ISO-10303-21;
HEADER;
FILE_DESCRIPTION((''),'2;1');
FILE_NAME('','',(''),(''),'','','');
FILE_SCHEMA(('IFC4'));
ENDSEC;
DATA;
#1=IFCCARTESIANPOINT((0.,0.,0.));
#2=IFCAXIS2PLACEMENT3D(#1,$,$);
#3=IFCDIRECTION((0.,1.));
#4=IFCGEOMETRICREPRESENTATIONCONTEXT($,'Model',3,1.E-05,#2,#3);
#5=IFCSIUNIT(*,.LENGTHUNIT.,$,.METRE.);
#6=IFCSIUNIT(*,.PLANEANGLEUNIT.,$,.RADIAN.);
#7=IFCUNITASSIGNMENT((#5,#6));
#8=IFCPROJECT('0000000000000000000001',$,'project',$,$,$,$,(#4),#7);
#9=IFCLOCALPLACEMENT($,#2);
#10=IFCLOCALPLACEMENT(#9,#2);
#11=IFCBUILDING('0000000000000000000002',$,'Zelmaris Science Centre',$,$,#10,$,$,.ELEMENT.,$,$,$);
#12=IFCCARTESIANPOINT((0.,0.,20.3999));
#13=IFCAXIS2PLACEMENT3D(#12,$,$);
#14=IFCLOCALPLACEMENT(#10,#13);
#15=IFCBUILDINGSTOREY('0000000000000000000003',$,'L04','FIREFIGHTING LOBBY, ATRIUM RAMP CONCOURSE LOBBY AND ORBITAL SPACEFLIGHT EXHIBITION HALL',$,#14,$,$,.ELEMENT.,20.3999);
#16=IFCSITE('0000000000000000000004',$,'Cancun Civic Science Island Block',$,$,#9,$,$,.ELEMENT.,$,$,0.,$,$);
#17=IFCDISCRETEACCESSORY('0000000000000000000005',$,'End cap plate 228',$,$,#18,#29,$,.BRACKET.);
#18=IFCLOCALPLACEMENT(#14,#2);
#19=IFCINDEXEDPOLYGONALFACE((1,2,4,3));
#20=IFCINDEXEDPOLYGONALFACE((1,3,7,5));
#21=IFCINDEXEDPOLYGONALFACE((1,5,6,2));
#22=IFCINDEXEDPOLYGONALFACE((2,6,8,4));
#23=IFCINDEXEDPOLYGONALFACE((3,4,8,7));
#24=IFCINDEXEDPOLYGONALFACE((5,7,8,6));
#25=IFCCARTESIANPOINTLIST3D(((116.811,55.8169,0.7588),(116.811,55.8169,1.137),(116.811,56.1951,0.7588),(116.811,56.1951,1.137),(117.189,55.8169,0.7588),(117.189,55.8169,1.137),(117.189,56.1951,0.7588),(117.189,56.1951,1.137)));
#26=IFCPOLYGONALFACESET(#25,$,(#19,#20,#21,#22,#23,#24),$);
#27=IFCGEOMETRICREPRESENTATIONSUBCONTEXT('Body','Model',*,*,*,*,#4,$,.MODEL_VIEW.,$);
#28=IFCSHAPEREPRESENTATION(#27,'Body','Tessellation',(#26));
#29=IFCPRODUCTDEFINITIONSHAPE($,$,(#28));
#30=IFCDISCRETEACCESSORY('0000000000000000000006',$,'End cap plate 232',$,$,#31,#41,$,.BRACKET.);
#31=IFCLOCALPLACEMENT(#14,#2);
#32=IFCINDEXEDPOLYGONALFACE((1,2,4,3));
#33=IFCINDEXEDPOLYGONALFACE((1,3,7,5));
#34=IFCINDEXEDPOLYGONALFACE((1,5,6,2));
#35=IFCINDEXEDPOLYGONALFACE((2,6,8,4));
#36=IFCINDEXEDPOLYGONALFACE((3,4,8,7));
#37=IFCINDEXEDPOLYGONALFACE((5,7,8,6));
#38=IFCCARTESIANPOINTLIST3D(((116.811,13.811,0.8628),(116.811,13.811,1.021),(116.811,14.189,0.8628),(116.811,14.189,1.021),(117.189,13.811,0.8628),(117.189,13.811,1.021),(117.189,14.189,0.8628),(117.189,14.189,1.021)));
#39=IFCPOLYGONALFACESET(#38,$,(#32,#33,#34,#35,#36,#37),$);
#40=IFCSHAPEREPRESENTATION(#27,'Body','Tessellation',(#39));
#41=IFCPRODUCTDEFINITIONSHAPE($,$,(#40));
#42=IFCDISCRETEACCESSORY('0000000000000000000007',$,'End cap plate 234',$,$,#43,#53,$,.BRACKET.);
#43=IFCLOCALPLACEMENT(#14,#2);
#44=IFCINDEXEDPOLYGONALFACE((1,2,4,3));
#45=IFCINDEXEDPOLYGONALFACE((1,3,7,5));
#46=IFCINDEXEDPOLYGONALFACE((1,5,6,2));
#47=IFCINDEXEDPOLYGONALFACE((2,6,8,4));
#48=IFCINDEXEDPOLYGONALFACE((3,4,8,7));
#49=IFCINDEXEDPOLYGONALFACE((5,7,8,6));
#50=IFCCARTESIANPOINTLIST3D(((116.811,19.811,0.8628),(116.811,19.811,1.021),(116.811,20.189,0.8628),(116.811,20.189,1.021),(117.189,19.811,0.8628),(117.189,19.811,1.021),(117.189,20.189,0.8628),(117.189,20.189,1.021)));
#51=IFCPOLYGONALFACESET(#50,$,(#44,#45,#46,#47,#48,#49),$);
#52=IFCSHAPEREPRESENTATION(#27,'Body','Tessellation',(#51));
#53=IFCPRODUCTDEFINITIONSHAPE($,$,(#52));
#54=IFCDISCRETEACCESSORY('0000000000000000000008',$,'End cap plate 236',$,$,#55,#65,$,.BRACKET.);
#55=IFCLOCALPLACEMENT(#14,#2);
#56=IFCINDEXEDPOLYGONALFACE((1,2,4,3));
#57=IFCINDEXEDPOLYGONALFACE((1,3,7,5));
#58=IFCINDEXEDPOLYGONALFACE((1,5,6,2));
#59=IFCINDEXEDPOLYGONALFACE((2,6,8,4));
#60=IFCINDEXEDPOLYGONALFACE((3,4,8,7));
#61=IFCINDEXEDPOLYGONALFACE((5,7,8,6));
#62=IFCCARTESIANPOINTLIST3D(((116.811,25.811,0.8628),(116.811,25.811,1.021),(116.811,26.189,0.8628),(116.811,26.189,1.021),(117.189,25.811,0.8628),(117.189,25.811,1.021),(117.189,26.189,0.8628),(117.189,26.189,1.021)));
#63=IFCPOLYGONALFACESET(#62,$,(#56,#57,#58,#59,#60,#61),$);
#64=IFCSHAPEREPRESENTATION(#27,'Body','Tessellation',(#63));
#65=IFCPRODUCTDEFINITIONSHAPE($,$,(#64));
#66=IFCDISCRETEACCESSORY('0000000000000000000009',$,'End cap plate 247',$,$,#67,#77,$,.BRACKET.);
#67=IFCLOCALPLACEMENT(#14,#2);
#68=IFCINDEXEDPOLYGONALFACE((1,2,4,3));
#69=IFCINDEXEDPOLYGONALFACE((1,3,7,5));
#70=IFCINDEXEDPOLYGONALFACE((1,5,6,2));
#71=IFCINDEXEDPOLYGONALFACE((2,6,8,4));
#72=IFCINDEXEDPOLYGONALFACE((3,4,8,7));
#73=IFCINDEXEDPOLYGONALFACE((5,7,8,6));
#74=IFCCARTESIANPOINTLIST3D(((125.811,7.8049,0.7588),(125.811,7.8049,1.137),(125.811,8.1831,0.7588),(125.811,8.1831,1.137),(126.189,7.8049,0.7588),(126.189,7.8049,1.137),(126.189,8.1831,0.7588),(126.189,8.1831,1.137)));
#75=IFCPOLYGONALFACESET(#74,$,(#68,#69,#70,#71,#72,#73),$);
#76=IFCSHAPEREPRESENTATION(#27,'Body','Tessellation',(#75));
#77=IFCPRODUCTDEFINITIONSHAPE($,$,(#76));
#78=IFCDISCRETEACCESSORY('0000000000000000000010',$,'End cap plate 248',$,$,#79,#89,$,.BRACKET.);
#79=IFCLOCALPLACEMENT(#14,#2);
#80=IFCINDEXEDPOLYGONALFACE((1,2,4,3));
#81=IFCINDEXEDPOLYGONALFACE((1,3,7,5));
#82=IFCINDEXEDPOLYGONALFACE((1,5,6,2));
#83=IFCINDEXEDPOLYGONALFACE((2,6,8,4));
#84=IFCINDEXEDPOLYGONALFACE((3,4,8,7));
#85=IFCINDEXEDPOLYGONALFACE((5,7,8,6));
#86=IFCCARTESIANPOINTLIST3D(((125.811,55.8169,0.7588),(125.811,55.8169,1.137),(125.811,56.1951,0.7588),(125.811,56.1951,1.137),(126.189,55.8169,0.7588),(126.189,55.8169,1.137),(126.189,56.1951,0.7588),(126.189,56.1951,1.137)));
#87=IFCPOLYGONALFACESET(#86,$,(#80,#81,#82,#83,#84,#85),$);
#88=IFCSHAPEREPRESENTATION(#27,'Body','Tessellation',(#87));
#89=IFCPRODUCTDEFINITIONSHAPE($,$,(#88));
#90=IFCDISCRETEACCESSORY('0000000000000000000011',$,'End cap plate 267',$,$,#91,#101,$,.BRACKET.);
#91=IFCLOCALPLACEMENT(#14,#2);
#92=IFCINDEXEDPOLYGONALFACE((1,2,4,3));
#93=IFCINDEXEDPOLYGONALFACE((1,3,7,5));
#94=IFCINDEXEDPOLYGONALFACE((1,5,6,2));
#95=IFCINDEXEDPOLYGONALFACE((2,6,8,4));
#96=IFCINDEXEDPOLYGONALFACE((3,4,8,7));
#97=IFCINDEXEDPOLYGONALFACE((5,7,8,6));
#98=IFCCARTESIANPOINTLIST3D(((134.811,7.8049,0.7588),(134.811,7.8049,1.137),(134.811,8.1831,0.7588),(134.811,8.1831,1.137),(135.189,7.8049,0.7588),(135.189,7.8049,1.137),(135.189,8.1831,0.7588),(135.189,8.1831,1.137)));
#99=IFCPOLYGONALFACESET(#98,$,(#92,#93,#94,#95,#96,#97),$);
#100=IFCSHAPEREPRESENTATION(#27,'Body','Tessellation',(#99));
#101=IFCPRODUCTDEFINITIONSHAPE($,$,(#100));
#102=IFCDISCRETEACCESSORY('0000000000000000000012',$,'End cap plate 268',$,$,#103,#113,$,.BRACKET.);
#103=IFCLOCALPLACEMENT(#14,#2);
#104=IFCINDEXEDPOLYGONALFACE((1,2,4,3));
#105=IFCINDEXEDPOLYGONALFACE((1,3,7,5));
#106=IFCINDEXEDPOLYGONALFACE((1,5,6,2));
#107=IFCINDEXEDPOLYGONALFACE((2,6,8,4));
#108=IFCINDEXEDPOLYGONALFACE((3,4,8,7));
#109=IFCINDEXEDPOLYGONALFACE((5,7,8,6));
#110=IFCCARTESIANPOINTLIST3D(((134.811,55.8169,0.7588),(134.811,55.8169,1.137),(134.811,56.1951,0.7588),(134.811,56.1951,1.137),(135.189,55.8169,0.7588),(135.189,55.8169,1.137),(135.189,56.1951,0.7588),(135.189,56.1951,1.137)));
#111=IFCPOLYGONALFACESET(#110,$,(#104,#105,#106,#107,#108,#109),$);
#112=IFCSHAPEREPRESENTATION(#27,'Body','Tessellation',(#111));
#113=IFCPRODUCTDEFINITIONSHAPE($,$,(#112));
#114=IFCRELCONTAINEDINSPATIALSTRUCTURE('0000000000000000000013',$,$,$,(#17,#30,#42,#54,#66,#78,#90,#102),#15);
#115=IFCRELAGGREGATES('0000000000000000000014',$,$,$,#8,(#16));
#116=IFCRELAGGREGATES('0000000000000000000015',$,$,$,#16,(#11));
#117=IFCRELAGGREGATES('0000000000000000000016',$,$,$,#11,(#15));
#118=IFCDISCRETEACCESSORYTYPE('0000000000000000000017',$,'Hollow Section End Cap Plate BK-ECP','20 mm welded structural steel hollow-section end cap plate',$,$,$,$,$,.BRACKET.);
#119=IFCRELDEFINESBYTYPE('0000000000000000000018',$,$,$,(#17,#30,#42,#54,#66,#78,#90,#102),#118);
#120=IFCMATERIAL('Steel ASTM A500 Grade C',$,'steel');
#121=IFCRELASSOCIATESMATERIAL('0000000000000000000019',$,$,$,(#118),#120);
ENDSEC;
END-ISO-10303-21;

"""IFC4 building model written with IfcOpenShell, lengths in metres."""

from ifc_helpers import new_model, si_unit, direction, frame, origin, place, context, subcontext, project, spatial, polyline, outline, extrude, material, type_object, element, save


model = new_model("IFC4")

# Units and contexts
model_context = context("Model", 3, precision=1e-05, world=origin(), true_north=direction((0.0, 1.0)))
body_context = subcontext(model_context, "Body", "Model", "MODEL_VIEW")
ifc_project = project(units=[si_unit("LENGTHUNIT", "METRE"), si_unit("PLANEANGLEUNIT", "RADIAN")], contexts=[model_context])

# Site, building, storey
site_placement = place(None, origin())
site = spatial("IfcSite", under=ifc_project, at=site_placement, Name="Cancun Civic Science Island Block", CompositionType="ELEMENT", RefElevation=0.0)
building_placement = place(site_placement, origin())
building = spatial("IfcBuilding", under=site, at=building_placement, Name="Zelmaris Science Centre", CompositionType="ELEMENT")
storey_placement = place(building_placement, frame((0.0, 0.0, 20.3999)))
storey = spatial("IfcBuildingStorey", under=building, at=storey_placement, Name="L04", Description="FIREFIGHTING LOBBY, ATRIUM RAMP CONCOURSE LOBBY AND ORBITAL SPACEFLIGHT EXHIBITION HALL", CompositionType="ELEMENT", Elevation=20.3999)

# Discrete accessories
ifc_material_1 = material(Name="Steel ASTM A500 Grade C", Category="steel")
discrete_accessory_type_1 = type_object("IfcDiscreteAccessoryType", Name="Hollow Section End Cap Plate BK-ECP", Description="20 mm welded structural steel hollow-section end cap plate", PredefinedType="BRACKET", material=ifc_material_1)
discrete_accessory_1_placement = place(storey_placement, frame((0.0, 0.0, 0.7588)))
element("IfcDiscreteAccessory", 1, at=discrete_accessory_1_placement, inside=storey, type_object=discrete_accessory_type_1, Name="End cap plate 228", PredefinedType="BRACKET", context=body_context, shape_type="SweptSolid", body=[
    extrude(outline(polyline([(116.811, 55.8169), (117.189, 55.8169), (117.189, 56.1951), (116.811, 56.1951), (116.811, 55.8169)])), origin(), (0.0, 0.0, 1.0), 0.3782),
])
discrete_accessory_2_placement = place(storey_placement, frame((0.0, 0.0, 0.8628)))
element("IfcDiscreteAccessory", 2, at=discrete_accessory_2_placement, inside=storey, type_object=discrete_accessory_type_1, Name="End cap plate 232", PredefinedType="BRACKET", context=body_context, shape_type="SweptSolid", body=[
    extrude(outline(polyline([(116.811, 13.811), (117.189, 13.811), (117.189, 14.189), (116.811, 14.189), (116.811, 13.811)])), origin(), (0.0, 0.0, 1.0), 0.1582),
])
discrete_accessory_3_placement = place(storey_placement, frame((0.0, 0.0, 0.8628)))
element("IfcDiscreteAccessory", 3, at=discrete_accessory_3_placement, inside=storey, type_object=discrete_accessory_type_1, Name="End cap plate 234", PredefinedType="BRACKET", context=body_context, shape_type="SweptSolid", body=[
    extrude(outline(polyline([(116.811, 19.811), (117.189, 19.811), (117.189, 20.189), (116.811, 20.189), (116.811, 19.811)])), origin(), (0.0, 0.0, 1.0), 0.1582),
])
discrete_accessory_4_placement = place(storey_placement, frame((0.0, 0.0, 0.8628)))
element("IfcDiscreteAccessory", 4, at=discrete_accessory_4_placement, inside=storey, type_object=discrete_accessory_type_1, Name="End cap plate 236", PredefinedType="BRACKET", context=body_context, shape_type="SweptSolid", body=[
    extrude(outline(polyline([(116.811, 25.811), (117.189, 25.811), (117.189, 26.189), (116.811, 26.189), (116.811, 25.811)])), origin(), (0.0, 0.0, 1.0), 0.1582),
])
discrete_accessory_5_placement = place(storey_placement, frame((0.0, 0.0, 0.7588)))
element("IfcDiscreteAccessory", 5, at=discrete_accessory_5_placement, inside=storey, type_object=discrete_accessory_type_1, Name="End cap plate 247", PredefinedType="BRACKET", context=body_context, shape_type="SweptSolid", body=[
    extrude(outline(polyline([(125.811, 7.8049), (126.189, 7.8049), (126.189, 8.1831), (125.811, 8.1831), (125.811, 7.8049)])), origin(), (0.0, 0.0, 1.0), 0.3782),
])
discrete_accessory_6_placement = place(storey_placement, frame((0.0, 0.0, 0.7588)))
element("IfcDiscreteAccessory", 6, at=discrete_accessory_6_placement, inside=storey, type_object=discrete_accessory_type_1, Name="End cap plate 248", PredefinedType="BRACKET", context=body_context, shape_type="SweptSolid", body=[
    extrude(outline(polyline([(125.811, 55.8169), (126.189, 55.8169), (126.189, 56.1951), (125.811, 56.1951), (125.811, 55.8169)])), origin(), (0.0, 0.0, 1.0), 0.3782),
])
discrete_accessory_7_placement = place(storey_placement, frame((0.0, 0.0, 0.7588)))
element("IfcDiscreteAccessory", 7, at=discrete_accessory_7_placement, inside=storey, type_object=discrete_accessory_type_1, Name="End cap plate 267", PredefinedType="BRACKET", context=body_context, shape_type="SweptSolid", body=[
    extrude(outline(polyline([(134.811, 7.8049), (135.189, 7.8049), (135.189, 8.1831), (134.811, 8.1831), (134.811, 7.8049)])), origin(), (0.0, 0.0, 1.0), 0.3782),
])
discrete_accessory_8_placement = place(storey_placement, frame((0.0, 0.0, 0.7588)))
element("IfcDiscreteAccessory", 8, at=discrete_accessory_8_placement, inside=storey, type_object=discrete_accessory_type_1, Name="End cap plate 268", PredefinedType="BRACKET", context=body_context, shape_type="SweptSolid", body=[
    extrude(outline(polyline([(134.811, 55.8169), (135.189, 55.8169), (135.189, 56.1951), (134.811, 56.1951), (134.811, 55.8169)])), origin(), (0.0, 0.0, 1.0), 0.3782),
])

save(model, "model.ifc")
